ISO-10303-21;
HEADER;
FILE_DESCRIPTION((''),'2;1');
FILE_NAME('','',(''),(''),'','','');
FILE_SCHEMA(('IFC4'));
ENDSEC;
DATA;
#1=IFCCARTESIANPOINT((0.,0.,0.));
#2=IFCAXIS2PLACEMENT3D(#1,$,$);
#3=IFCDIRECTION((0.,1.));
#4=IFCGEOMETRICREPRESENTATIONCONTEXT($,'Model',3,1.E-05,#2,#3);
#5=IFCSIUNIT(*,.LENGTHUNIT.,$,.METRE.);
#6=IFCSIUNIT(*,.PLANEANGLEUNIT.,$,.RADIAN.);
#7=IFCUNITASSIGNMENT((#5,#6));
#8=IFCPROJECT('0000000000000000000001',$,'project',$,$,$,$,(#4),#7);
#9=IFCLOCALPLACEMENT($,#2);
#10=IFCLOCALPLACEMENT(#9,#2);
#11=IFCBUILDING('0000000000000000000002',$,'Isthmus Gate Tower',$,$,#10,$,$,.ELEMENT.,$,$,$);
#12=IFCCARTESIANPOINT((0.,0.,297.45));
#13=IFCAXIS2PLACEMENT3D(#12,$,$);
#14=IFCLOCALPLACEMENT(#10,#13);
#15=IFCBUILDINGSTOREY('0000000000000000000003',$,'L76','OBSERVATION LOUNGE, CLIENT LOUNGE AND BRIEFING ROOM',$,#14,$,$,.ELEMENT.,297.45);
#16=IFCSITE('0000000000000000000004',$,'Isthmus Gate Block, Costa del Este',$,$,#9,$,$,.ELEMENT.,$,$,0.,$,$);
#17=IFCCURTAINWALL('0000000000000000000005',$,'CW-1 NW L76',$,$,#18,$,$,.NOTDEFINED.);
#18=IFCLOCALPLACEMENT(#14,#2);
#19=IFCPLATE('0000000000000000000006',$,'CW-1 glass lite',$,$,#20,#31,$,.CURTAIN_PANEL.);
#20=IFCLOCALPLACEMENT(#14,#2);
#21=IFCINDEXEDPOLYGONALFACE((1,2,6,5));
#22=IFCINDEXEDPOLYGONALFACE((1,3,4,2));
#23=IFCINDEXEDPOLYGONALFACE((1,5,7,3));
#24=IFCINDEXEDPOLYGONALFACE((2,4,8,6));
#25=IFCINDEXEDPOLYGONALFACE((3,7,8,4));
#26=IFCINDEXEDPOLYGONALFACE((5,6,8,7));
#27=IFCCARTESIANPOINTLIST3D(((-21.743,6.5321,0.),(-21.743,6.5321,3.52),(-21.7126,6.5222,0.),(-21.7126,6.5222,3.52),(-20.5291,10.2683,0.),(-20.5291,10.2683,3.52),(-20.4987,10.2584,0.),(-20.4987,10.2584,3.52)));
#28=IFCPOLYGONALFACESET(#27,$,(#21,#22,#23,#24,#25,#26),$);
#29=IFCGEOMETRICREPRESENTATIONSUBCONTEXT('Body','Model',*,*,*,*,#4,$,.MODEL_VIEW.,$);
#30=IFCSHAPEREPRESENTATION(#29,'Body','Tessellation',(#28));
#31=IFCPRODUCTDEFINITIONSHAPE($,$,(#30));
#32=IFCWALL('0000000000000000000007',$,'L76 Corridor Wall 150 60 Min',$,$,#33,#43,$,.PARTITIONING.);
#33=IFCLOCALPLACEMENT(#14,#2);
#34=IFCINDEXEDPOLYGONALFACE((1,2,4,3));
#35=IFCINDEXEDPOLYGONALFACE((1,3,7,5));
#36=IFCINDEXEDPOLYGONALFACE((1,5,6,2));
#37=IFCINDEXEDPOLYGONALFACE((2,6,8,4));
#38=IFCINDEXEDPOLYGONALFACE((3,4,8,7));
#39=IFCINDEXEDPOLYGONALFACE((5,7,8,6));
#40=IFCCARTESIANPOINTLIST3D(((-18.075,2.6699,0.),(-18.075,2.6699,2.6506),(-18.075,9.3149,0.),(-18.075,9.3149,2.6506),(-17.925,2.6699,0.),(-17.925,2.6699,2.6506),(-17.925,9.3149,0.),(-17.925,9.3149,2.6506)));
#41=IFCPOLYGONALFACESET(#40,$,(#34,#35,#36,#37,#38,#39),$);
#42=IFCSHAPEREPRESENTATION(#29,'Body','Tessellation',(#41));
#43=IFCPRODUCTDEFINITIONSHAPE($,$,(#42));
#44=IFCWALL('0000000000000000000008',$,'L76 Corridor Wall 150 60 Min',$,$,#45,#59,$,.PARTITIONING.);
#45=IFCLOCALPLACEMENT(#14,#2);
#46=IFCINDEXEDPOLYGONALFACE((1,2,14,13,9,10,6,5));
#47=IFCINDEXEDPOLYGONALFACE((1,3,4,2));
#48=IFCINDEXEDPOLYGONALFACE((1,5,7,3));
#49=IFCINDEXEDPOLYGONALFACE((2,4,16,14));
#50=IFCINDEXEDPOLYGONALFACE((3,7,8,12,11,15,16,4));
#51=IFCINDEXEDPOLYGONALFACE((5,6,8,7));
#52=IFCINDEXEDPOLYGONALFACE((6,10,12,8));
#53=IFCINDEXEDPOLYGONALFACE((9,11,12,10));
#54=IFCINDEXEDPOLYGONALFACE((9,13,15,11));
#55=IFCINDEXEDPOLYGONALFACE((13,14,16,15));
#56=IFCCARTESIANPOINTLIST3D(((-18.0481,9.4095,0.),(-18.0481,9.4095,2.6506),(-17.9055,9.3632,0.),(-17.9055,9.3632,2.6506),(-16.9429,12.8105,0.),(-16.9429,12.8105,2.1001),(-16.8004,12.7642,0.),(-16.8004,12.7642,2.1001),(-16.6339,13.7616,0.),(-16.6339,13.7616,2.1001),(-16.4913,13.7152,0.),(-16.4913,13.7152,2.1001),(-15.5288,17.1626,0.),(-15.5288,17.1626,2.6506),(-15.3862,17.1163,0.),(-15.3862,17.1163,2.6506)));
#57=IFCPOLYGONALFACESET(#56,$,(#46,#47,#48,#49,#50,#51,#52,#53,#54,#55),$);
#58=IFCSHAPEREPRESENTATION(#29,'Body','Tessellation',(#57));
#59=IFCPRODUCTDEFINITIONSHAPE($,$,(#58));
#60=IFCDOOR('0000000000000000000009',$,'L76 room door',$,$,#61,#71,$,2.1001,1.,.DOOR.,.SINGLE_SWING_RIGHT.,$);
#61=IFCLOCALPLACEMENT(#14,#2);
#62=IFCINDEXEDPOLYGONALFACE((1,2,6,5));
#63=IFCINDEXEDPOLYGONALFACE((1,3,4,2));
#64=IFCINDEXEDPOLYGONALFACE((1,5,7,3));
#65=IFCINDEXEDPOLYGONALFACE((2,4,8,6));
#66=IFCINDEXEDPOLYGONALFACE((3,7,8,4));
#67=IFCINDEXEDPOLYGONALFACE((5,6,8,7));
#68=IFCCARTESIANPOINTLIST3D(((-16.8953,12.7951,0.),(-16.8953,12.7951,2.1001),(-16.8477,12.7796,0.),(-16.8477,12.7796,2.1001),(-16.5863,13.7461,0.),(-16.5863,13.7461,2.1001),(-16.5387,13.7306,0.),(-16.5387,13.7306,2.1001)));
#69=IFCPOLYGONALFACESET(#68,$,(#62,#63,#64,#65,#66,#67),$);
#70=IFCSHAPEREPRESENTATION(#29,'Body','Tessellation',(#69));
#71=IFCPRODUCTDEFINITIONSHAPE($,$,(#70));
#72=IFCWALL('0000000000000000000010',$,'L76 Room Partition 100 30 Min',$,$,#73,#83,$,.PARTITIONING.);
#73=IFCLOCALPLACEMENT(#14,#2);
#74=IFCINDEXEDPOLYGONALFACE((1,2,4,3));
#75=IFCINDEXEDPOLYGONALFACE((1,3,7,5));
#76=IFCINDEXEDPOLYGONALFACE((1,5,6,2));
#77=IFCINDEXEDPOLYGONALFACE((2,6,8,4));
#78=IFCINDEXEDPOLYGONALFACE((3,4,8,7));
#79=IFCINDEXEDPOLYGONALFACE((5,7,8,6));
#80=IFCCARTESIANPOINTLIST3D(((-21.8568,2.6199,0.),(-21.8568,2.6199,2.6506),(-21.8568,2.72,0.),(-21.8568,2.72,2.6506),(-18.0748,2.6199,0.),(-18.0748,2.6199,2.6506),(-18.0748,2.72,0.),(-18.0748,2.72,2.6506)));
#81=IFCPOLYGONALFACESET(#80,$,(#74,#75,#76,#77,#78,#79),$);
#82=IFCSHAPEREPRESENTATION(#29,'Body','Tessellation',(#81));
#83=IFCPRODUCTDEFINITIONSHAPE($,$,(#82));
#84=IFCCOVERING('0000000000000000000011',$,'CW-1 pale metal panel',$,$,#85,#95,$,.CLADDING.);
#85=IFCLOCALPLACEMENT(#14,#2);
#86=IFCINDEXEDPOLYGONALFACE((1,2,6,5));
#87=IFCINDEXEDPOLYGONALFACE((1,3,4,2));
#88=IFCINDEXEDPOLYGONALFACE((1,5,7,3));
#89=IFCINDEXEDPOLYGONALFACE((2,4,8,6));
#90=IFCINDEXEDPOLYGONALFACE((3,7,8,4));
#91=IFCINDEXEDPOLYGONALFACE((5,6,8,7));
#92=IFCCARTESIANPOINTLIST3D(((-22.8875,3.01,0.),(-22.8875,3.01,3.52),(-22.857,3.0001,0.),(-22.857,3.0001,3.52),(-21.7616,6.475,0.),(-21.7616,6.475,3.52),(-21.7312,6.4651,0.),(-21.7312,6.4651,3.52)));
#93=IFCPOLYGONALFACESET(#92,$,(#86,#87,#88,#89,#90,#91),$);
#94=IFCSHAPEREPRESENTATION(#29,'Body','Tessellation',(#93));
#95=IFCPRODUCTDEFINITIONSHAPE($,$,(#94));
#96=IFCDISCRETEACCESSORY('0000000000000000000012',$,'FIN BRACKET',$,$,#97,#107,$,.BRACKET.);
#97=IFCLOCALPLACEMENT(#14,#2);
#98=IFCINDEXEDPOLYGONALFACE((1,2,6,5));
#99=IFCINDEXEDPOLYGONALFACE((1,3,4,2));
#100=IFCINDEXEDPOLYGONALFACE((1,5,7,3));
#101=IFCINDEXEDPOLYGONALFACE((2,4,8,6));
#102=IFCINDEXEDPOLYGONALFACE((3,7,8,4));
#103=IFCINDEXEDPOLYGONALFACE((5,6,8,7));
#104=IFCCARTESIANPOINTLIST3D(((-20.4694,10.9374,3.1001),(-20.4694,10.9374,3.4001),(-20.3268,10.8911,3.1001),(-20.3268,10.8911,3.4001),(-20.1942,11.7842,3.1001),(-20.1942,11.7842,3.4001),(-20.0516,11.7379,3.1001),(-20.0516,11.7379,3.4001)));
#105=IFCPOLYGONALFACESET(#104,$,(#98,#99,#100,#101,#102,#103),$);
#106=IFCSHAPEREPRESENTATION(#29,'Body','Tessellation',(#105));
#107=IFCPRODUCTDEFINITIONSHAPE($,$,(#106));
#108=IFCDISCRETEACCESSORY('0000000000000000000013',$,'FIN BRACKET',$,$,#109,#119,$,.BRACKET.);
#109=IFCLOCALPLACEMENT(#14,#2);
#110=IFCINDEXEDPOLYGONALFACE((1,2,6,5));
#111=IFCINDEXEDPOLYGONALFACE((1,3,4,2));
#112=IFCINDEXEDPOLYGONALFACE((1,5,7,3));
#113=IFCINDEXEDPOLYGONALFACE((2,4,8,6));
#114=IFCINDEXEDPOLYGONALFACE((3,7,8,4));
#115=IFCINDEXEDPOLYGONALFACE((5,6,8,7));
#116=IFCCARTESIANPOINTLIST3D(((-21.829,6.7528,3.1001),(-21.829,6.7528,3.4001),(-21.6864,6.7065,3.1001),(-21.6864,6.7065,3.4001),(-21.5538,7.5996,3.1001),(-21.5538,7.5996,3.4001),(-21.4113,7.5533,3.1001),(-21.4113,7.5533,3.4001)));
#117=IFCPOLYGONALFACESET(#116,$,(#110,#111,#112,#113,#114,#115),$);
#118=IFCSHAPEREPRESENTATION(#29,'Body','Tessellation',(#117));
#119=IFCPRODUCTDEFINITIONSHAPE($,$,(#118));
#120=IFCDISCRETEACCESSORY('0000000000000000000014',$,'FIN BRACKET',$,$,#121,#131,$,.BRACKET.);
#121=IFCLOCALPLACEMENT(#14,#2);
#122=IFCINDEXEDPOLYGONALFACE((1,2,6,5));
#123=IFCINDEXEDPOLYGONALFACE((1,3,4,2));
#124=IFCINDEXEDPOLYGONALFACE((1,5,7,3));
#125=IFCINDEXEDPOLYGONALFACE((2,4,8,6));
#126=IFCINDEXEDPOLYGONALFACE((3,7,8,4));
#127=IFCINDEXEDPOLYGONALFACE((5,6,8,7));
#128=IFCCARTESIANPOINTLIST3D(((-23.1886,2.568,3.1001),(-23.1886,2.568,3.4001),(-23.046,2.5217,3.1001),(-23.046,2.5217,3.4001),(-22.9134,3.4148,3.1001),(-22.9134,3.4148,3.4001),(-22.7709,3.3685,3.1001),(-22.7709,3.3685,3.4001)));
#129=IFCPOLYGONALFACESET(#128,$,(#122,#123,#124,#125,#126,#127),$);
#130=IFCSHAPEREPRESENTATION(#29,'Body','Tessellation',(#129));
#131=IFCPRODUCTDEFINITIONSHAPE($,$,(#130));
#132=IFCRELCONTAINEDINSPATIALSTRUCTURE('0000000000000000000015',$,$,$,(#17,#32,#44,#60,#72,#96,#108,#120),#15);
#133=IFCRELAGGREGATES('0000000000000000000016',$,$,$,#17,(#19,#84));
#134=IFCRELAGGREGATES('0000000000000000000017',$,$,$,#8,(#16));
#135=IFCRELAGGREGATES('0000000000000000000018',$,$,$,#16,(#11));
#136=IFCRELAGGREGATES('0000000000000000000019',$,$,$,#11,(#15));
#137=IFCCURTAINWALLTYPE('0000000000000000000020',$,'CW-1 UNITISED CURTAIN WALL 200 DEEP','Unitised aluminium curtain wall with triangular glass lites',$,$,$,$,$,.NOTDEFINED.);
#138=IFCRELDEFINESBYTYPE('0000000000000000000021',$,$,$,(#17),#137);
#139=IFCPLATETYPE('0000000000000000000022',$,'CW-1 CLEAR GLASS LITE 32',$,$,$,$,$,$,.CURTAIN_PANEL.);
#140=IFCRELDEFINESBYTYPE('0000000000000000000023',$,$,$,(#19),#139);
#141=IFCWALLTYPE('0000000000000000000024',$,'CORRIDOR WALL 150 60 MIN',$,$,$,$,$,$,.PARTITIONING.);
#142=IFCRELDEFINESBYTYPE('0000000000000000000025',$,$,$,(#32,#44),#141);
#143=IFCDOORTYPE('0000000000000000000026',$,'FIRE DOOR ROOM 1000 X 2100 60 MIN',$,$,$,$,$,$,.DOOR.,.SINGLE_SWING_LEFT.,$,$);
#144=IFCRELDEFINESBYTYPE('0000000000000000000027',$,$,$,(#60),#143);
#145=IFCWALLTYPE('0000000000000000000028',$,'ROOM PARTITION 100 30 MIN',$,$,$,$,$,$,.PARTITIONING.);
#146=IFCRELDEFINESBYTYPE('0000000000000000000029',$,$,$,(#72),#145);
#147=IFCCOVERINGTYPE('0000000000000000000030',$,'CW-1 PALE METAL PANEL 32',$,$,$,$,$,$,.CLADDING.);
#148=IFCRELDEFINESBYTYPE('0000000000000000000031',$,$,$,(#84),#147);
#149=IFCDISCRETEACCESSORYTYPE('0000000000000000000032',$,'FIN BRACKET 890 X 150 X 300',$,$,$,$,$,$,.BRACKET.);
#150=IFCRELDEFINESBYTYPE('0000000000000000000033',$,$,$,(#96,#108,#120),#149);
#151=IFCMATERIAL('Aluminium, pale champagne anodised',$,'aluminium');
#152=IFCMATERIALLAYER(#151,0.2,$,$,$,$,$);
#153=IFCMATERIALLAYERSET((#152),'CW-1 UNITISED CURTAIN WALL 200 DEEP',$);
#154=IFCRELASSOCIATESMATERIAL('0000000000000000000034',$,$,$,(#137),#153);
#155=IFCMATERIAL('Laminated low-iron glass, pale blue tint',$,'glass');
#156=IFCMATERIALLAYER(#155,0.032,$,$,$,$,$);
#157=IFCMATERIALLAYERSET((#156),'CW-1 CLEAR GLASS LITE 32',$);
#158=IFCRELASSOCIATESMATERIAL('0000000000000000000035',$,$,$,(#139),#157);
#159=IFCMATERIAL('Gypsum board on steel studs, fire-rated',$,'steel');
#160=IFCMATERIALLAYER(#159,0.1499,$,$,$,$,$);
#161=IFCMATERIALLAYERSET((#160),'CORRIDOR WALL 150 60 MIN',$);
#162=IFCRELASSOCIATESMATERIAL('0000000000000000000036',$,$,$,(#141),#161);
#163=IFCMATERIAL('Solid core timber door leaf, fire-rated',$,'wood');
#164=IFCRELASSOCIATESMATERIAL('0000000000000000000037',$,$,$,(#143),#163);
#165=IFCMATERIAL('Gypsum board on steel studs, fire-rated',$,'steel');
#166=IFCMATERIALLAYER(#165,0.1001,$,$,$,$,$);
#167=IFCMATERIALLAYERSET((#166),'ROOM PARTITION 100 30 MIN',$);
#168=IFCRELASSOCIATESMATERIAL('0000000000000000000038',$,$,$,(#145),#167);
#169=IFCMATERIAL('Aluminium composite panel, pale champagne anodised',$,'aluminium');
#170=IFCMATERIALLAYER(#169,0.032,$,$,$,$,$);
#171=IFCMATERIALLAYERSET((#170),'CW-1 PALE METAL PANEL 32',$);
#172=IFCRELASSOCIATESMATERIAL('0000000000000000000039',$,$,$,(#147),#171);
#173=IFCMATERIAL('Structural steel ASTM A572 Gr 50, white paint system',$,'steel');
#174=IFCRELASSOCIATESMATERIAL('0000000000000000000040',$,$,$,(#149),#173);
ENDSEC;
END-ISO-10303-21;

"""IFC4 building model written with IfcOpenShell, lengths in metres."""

from ifc_helpers import new_model, si_unit, direction, frame, frame_2d, origin, origin_2d, place, context, subcontext, project, spatial, rectangle, extrude, material, layer, layer_set, type_object, element, fill, aggregate, save


model = new_model("IFC4")

# Units and contexts
model_context = context("Model", 3, precision=1e-05, world=origin(), true_north=direction((0.0, 1.0)))
body_context = subcontext(model_context, "Body", "Model", "MODEL_VIEW")
ifc_project = project(units=[si_unit("LENGTHUNIT", "METRE"), si_unit("PLANEANGLEUNIT", "RADIAN")], contexts=[model_context])

# Site, building, storey
site_placement = place(None, origin())
site = spatial("IfcSite", under=ifc_project, at=site_placement, Name="Isthmus Gate Block, Costa del Este", CompositionType="ELEMENT", RefElevation=0.0)
building_placement = place(site_placement, origin())
building = spatial("IfcBuilding", under=site, at=building_placement, Name="Isthmus Gate Tower", CompositionType="ELEMENT")
storey_placement = place(building_placement, frame((0.0, 0.0, 297.45)))
storey = spatial("IfcBuildingStorey", under=building, at=storey_placement, Name="L76", Description="OBSERVATION LOUNGE, CLIENT LOUNGE AND BRIEFING ROOM", CompositionType="ELEMENT", Elevation=297.45)

# Curtain wall
ifc_material_1 = material(Name="Aluminium, pale champagne anodised", Category="aluminium")
ifc_layer_1 = layer(ifc_material_1, 0.2)
ifc_layer_set_1 = layer_set([ifc_layer_1], Name="CW-1 UNITISED CURTAIN WALL 200 DEEP")
curtain_wall_type = type_object("IfcCurtainWallType", Name="CW-1 UNITISED CURTAIN WALL 200 DEEP", Description="Unitised aluminium curtain wall with triangular glass lites", PredefinedType="NOTDEFINED", material=ifc_layer_set_1)
curtain_wall_placement = place(storey_placement, origin())
curtain_wall = element("IfcCurtainWall", 1, at=curtain_wall_placement, inside=storey, type_object=curtain_wall_type, Name="CW-1 NW L76", PredefinedType="NOTDEFINED")

# Plate
ifc_material_2 = material(Name="Laminated low-iron glass, pale blue tint", Category="glass")
ifc_layer_2 = layer(ifc_material_2, 0.032)
ifc_layer_set_2 = layer_set([ifc_layer_2], Name="CW-1 CLEAR GLASS LITE 32")
plate_type = type_object("IfcPlateType", Name="CW-1 CLEAR GLASS LITE 32", PredefinedType="CURTAIN_PANEL", material=ifc_layer_set_2)
plate_1_placement = place(storey_placement, frame((-21.1208, 8.3953, 0.0), z_axis=(0.0, 0.0, 1.0), x_axis=(-0.309017, -0.951057, 0.0)))
plate_1 = element("IfcPlate", 2, at=plate_1_placement, type_object=plate_type, Name="CW-1 glass lite", PredefinedType="CURTAIN_PANEL", context=body_context, shape_type="SweptSolid", body=[
    extrude(rectangle(XDim=3.9285, YDim=0.032, at=origin_2d()), origin(), (0.0, 0.0, 1.0), 3.52),
])

# Wall
ifc_material_3 = material(Name="Gypsum board on steel studs, fire-rated", Category="steel")
ifc_layer_3 = layer(ifc_material_3, 0.1499)
ifc_layer_set_3 = layer_set([ifc_layer_3], Name="CORRIDOR WALL 150 60 MIN")
wall_type_1 = type_object("IfcWallType", Name="CORRIDOR WALL 150 60 MIN", PredefinedType="PARTITIONING", material=ifc_layer_set_3)
wall_1_placement = place(storey_placement, frame((-18.0, 2.6699, 0.0), z_axis=(0.0, 0.0, 1.0), x_axis=(0.0, 1.0, 0.0)))
element("IfcWall", 3, at=wall_1_placement, inside=storey, type_object=wall_type_1, Name="L76 Corridor Wall 150 60 Min", PredefinedType="PARTITIONING", context=body_context, shape_type="SweptSolid", body=[
    extrude(rectangle(XDim=6.645, YDim=0.1499, at=frame_2d((3.3225, 0.0))), origin(), (0.0, 0.0, 1.0), 2.6506),
])

# Wall, opening, door
wall_2_placement = place(storey_placement, frame((-17.9768, 9.3862, 0.0), z_axis=(0.0, 0.0, 1.0), x_axis=(0.309031, 0.951052, 0.0)))
wall_2 = element("IfcWall", 4, at=wall_2_placement, inside=storey, type_object=wall_type_1, Name="L76 Corridor Wall 150 60 Min", PredefinedType="PARTITIONING", context=body_context, shape_type="SweptSolid", body=[
    extrude(rectangle(XDim=8.1521, YDim=0.1499, at=frame_2d((4.0762, 0.0))), origin(), (0.0, 0.0, 1.0), 2.6506),
])
opening_placement = place(wall_2_placement, frame((3.5762, 0.0, 0.0)))
opening = element("IfcOpeningElement", 5, at=opening_placement, cuts=wall_2, PredefinedType="OPENING", context=body_context, shape_type="SweptSolid", body=[
    extrude(rectangle(XDim=1.0, YDim=2.1001, at=frame_2d((0.5, 1.05))), frame((0.0, 0.085, 0.0), z_axis=(0.0, -1.0, 0.0), x_axis=(1.0, 0.0, 0.0)), (0.0, 0.0, 1.0), 0.1699),
])
ifc_material_4 = material(Name="Solid core timber door leaf, fire-rated", Category="wood")
door_type = type_object("IfcDoorType", Name="FIRE DOOR ROOM 1000 X 2100 60 MIN", OperationType="SINGLE_SWING_LEFT", PredefinedType="DOOR", material=ifc_material_4)
door_placement = place(opening_placement, origin())
door = element("IfcDoor", 6, at=door_placement, inside=storey, type_object=door_type, Name="L76 room door", OperationType="SINGLE_SWING_RIGHT", OverallHeight=2.1001, OverallWidth=1.0, PredefinedType="DOOR", context=body_context, shape_type="SweptSolid", body=[
    extrude(rectangle(XDim=1.0, YDim=2.1001, at=frame_2d((0.5, 1.05))), frame((0.0, 0.0249, 0.0), z_axis=(0.0, -1.0, 0.0), x_axis=(1.0, 0.0, 0.0)), (0.0, 0.0, 1.0), 0.05),
])
fill(opening, door)

# Wall
ifc_material_5 = material(Name="Gypsum board on steel studs, fire-rated", Category="steel")
ifc_layer_4 = layer(ifc_material_5, 0.1001)
ifc_layer_set_4 = layer_set([ifc_layer_4], Name="ROOM PARTITION 100 30 MIN")
wall_type_2 = type_object("IfcWallType", Name="ROOM PARTITION 100 30 MIN", PredefinedType="PARTITIONING", material=ifc_layer_set_4)
wall_3_placement = place(storey_placement, frame((-21.8569, 2.6699, 0.0), z_axis=(0.0, 0.0, 1.0), x_axis=(1.0, 0.0, 0.0)))
element("IfcWall", 7, at=wall_3_placement, inside=storey, type_object=wall_type_2, Name="L76 Room Partition 100 30 Min", PredefinedType="PARTITIONING", context=body_context, shape_type="SweptSolid", body=[
    extrude(rectangle(XDim=3.782, YDim=0.1001, at=frame_2d((1.8911, 0.0))), origin(), (0.0, 0.0, 1.0), 2.6506),
])

# Covering
ifc_material_6 = material(Name="Aluminium composite panel, pale champagne anodised", Category="aluminium")
ifc_layer_5 = layer(ifc_material_6, 0.032)
ifc_layer_set_5 = layer_set([ifc_layer_5], Name="CW-1 PALE METAL PANEL 32")
covering_type = type_object("IfcCoveringType", Name="CW-1 PALE METAL PANEL 32", PredefinedType="CLADDING", material=ifc_layer_set_5)
covering_placement = place(storey_placement, frame((-22.3093, 4.7375, 0.0), z_axis=(0.0, 0.0, 1.0), x_axis=(-0.309017, -0.951057, 0.0)))
covering = element("IfcCovering", 8, at=covering_placement, type_object=covering_type, Name="CW-1 pale metal panel", PredefinedType="CLADDING", context=body_context, shape_type="SweptSolid", body=[
    extrude(rectangle(XDim=3.6433, YDim=0.032, at=origin_2d()), origin(), (0.0, 0.0, 1.0), 3.52),
])
aggregate(curtain_wall, [plate_1, covering])

# Discrete accessories
ifc_material_7 = material(Name="Structural steel ASTM A572 Gr 50, white paint system", Category="steel")
discrete_accessory_type = type_object("IfcDiscreteAccessoryType", Name="FIN BRACKET 890 X 150 X 300", PredefinedType="BRACKET", material=ifc_material_7)
for number, where, z_axis, x_axis, name in (
    (9, (-20.2605, 11.3376, 3.1001), (0.0, 0.0, 1.0), (-0.951057, 0.309017, 0.0), "FIN BRACKET"),
    (10, (-21.6201, 7.1531, 3.1001), (0.0, 0.0, 1.0), (-0.951057, 0.309017, 0.0), "FIN BRACKET"),
    (11, (-22.9797, 2.9683, 3.1001), (0.0, 0.0, 1.0), (-0.951057, 0.309017, 0.0), "FIN BRACKET"),
):
    element("IfcDiscreteAccessory", number, at=place(storey_placement, frame(where, z_axis=z_axis, x_axis=x_axis)), inside=storey, type_object=discrete_accessory_type, Name=name, PredefinedType="BRACKET", context=body_context, shape_type="SweptSolid", body=[
        extrude(rectangle(XDim=0.1499, YDim=0.8904, at=origin_2d()), origin(), (0.0, 0.0, 1.0), 0.3),
    ])

save(model, "model.ifc")
